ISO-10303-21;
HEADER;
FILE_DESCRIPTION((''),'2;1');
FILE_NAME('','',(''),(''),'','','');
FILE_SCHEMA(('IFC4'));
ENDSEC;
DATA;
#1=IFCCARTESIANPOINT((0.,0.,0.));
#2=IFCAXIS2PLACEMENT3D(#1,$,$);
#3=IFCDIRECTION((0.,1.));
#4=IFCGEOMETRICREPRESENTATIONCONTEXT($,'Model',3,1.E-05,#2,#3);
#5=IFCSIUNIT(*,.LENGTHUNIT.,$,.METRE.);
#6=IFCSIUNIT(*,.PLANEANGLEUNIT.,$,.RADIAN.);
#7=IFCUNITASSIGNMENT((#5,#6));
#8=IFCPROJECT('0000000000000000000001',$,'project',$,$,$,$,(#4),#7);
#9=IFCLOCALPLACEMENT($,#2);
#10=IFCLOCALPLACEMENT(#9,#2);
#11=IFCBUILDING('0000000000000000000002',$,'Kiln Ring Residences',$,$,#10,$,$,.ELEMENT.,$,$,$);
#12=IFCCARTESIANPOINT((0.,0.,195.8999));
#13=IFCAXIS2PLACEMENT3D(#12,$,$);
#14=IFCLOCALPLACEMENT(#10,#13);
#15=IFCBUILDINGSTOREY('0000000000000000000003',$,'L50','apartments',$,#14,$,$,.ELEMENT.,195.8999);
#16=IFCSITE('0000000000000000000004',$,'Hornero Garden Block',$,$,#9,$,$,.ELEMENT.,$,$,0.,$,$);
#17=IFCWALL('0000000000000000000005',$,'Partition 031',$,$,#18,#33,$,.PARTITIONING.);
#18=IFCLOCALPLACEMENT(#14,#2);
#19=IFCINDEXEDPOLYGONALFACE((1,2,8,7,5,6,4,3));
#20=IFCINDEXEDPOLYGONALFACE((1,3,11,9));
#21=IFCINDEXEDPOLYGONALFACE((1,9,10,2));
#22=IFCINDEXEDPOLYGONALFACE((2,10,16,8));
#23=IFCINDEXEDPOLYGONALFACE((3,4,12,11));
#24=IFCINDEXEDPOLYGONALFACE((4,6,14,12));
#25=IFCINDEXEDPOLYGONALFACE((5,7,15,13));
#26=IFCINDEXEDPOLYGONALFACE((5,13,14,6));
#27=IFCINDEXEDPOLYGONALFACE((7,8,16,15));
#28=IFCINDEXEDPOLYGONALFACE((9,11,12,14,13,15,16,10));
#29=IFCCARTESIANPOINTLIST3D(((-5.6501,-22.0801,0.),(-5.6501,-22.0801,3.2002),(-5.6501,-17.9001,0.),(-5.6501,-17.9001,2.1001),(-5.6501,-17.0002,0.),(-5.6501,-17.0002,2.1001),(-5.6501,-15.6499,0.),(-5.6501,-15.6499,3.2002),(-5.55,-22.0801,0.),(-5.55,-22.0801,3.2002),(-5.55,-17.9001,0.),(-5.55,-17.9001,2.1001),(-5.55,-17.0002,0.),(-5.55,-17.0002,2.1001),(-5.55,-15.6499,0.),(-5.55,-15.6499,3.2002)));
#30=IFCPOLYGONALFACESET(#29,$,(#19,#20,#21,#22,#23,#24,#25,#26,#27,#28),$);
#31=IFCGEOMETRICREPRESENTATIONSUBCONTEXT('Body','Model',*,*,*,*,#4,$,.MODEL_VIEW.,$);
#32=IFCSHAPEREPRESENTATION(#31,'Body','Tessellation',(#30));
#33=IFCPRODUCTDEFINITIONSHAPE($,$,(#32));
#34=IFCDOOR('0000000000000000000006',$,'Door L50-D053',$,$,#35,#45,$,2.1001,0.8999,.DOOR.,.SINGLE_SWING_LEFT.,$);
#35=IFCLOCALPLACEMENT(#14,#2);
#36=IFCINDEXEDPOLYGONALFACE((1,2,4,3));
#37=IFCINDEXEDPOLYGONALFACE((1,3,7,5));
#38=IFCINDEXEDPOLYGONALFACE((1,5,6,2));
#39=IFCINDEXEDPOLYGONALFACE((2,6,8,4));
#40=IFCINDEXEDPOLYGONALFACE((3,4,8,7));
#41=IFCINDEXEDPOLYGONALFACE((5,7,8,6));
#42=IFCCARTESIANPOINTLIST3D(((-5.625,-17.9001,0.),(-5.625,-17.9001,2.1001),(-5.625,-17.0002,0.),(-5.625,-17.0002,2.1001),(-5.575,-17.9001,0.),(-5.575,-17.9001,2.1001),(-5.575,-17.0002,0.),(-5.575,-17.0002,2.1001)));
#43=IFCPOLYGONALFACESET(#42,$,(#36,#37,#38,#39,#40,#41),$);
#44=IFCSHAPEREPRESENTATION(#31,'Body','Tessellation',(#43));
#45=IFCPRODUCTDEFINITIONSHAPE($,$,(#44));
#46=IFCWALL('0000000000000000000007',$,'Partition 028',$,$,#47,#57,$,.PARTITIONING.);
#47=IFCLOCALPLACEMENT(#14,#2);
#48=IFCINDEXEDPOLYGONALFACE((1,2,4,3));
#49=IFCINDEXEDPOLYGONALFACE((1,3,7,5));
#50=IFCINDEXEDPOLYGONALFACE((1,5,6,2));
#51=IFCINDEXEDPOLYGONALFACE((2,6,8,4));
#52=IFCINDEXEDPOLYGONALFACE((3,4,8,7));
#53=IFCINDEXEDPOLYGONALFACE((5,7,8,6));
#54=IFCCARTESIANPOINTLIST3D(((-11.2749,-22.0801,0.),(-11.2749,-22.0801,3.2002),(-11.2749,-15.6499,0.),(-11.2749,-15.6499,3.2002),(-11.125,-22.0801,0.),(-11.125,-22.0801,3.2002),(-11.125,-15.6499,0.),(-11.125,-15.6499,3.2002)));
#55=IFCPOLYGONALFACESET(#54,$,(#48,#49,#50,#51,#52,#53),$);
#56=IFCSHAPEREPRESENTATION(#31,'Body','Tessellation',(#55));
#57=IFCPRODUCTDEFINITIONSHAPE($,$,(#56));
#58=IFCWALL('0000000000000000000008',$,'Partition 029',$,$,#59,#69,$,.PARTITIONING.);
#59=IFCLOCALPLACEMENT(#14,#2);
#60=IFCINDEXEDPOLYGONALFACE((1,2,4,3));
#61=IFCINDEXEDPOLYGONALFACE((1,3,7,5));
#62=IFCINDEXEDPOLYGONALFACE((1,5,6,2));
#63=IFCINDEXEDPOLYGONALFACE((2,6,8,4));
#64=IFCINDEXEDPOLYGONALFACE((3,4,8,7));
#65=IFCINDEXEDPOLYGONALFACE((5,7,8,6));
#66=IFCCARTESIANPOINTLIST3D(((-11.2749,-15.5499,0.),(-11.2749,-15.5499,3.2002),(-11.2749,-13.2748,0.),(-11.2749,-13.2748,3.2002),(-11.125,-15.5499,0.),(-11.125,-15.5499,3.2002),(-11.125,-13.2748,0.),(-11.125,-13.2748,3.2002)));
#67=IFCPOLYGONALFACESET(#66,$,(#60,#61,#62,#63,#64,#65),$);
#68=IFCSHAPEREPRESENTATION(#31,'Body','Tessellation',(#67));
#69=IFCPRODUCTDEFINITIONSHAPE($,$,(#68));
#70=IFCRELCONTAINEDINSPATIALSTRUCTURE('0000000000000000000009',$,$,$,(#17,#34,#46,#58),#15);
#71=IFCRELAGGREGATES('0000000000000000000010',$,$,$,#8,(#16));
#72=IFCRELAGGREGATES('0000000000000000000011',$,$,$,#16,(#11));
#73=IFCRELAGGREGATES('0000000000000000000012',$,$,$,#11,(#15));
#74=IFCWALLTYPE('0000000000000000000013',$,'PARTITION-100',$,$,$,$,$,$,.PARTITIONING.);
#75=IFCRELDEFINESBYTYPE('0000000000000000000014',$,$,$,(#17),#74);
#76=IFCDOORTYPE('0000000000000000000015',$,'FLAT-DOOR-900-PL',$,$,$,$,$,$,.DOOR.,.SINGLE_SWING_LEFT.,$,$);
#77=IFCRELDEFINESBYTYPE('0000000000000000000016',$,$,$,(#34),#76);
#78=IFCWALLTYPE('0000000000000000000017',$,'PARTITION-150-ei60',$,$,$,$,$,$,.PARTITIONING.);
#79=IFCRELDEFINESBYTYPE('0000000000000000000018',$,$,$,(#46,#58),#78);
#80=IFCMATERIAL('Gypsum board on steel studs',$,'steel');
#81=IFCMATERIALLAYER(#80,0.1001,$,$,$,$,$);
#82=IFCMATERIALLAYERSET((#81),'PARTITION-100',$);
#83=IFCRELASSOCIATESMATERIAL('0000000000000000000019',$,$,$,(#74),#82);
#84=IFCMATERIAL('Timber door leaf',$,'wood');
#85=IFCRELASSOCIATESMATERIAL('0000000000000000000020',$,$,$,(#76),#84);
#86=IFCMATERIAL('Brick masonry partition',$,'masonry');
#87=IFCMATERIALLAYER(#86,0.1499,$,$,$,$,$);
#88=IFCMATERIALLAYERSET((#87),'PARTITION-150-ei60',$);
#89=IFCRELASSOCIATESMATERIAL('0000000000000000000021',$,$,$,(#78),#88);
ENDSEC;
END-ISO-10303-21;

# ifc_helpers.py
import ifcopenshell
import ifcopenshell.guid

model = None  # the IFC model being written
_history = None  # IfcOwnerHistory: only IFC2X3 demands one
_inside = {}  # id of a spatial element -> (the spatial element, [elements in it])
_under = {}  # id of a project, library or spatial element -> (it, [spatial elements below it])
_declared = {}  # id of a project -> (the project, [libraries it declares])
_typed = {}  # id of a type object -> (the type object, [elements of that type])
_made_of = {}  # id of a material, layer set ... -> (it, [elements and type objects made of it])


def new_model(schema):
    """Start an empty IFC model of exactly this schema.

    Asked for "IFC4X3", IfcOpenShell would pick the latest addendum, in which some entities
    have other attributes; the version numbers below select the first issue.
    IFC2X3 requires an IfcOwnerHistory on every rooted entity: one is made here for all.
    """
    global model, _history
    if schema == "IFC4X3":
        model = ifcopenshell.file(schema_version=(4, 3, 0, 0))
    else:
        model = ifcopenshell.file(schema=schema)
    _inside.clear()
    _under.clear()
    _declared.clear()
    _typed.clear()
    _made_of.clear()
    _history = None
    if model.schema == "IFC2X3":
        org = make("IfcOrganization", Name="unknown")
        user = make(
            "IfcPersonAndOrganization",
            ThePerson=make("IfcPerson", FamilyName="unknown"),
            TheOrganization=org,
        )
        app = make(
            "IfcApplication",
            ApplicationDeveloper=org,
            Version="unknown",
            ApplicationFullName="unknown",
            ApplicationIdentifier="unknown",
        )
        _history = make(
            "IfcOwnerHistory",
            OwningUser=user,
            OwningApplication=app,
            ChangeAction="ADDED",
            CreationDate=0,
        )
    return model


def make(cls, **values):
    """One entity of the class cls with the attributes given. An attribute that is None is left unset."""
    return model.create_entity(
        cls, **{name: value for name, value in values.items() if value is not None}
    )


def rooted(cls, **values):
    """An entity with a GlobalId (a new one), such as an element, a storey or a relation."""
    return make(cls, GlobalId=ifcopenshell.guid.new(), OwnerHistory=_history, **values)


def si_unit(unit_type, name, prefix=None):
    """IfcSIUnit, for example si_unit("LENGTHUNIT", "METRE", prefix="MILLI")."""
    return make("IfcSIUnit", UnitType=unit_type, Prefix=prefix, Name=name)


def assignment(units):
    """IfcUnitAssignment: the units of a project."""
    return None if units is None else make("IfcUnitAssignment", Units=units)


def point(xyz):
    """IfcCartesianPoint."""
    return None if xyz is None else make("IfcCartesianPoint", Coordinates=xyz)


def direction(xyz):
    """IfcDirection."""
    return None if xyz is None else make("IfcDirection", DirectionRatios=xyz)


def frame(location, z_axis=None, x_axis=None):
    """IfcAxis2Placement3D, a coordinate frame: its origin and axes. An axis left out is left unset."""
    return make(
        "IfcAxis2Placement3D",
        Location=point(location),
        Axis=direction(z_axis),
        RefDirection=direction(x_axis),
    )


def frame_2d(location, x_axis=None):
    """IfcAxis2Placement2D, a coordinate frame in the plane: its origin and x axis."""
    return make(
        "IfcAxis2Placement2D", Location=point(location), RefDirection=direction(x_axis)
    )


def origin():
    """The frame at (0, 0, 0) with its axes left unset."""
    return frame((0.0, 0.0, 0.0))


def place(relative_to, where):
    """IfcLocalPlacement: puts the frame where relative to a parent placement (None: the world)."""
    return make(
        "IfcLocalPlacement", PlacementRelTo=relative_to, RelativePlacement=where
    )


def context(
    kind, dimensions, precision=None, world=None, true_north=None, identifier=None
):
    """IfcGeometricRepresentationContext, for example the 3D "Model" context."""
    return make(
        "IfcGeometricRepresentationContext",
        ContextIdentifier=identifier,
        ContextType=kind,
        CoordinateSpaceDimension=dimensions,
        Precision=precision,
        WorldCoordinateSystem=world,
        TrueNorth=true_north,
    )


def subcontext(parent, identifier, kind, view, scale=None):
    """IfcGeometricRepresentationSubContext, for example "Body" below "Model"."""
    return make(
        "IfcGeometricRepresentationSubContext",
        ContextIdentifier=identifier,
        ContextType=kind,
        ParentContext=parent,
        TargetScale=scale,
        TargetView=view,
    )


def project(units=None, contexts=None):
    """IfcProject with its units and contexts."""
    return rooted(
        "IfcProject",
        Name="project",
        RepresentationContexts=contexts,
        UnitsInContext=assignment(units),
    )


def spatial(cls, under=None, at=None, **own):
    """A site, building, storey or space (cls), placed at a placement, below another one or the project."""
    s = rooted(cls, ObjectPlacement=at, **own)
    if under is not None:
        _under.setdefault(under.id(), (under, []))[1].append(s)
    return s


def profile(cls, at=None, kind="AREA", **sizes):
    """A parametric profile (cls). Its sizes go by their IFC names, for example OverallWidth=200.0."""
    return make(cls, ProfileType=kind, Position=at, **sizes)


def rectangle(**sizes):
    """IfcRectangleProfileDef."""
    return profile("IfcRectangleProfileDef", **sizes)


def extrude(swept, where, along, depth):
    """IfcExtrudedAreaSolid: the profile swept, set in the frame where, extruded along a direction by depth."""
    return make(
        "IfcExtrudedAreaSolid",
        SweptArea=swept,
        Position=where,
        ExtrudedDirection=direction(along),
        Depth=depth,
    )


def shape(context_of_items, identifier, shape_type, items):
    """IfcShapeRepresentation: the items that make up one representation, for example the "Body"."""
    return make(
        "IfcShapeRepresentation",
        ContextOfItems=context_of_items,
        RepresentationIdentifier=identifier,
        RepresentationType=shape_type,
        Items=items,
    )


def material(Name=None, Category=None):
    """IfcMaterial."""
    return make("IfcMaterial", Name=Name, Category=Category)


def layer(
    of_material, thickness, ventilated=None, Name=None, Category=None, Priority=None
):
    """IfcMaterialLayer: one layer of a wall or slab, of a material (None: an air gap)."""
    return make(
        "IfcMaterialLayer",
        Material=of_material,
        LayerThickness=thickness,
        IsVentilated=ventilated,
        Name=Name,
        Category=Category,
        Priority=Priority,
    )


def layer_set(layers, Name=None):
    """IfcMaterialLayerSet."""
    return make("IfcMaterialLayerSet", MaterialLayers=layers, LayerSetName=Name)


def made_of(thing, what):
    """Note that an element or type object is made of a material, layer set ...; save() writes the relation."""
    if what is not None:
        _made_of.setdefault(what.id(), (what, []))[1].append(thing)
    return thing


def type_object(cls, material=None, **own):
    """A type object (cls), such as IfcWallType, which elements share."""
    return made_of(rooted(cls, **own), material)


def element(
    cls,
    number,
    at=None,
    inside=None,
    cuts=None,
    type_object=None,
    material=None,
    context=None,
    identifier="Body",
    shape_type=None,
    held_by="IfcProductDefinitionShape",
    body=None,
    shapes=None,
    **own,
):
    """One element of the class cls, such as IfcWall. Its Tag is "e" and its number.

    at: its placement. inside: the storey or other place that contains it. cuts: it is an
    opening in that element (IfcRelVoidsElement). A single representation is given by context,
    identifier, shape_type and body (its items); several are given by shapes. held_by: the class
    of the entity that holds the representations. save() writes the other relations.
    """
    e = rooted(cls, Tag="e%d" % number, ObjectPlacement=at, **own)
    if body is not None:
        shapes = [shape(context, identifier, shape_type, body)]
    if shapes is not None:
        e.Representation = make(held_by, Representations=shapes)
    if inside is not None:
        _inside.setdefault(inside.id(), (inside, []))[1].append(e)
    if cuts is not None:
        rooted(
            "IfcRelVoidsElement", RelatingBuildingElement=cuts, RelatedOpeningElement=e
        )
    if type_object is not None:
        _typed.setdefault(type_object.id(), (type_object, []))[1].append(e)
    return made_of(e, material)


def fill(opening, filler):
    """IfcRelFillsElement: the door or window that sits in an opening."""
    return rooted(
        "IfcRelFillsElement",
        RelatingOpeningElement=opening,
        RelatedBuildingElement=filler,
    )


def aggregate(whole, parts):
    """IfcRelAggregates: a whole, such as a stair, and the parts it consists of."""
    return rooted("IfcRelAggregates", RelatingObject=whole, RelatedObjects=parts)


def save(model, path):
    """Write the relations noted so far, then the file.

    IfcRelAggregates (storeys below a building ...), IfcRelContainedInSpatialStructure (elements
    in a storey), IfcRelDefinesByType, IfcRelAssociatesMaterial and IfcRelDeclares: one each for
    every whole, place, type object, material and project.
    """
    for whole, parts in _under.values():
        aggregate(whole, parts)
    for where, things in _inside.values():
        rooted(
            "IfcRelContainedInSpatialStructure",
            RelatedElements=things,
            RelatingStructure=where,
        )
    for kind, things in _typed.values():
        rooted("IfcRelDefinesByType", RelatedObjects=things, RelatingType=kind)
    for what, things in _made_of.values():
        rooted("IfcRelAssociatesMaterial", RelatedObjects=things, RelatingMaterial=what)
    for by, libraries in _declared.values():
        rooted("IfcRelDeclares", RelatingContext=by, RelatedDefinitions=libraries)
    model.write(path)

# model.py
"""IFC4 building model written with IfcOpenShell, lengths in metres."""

from ifc_helpers import new_model, si_unit, direction, frame, frame_2d, origin, place, context, subcontext, project, spatial, rectangle, extrude, material, layer, layer_set, type_object, element, fill, save


model = new_model("IFC4")

# Units and contexts
model_context = context("Model", 3, precision=1e-05, world=origin(), true_north=direction((0.0, 1.0)))
body_context = subcontext(model_context, "Body", "Model", "MODEL_VIEW")
ifc_project = project(units=[si_unit("LENGTHUNIT", "METRE"), si_unit("PLANEANGLEUNIT", "RADIAN")], contexts=[model_context])

# Site, building, storey
site_placement = place(None, origin())
site = spatial("IfcSite", under=ifc_project, at=site_placement, Name="Hornero Garden Block", CompositionType="ELEMENT", RefElevation=0.0)
building_placement = place(site_placement, origin())
building = spatial("IfcBuilding", under=site, at=building_placement, Name="Kiln Ring Residences", CompositionType="ELEMENT")
storey_placement = place(building_placement, frame((0.0, 0.0, 195.8999)))
storey = spatial("IfcBuildingStorey", under=building, at=storey_placement, Name="L50", Description="apartments", CompositionType="ELEMENT", Elevation=195.8999)

# Shared definitions
ifc_material_1 = material(Name="Gypsum board on steel studs", Category="steel")
ifc_layer_1 = layer(ifc_material_1, 0.1001)
ifc_layer_set_1 = layer_set([ifc_layer_1], Name="PARTITION-100")
wall_type_1 = type_object("IfcWallType", Name="PARTITION-100", PredefinedType="PARTITIONING", material=ifc_layer_set_1)

# Wall, opening, door
wall_1_placement = place(storey_placement, frame((-5.6001, -22.0801, 0.0), z_axis=(0.0, 0.0, 1.0), x_axis=(0.0, 1.0, 0.0)))
wall_1 = element("IfcWall", 1, at=wall_1_placement, inside=storey, type_object=wall_type_1, Name="Partition 031", PredefinedType="PARTITIONING", context=body_context, shape_type="SweptSolid", body=[
    extrude(rectangle(XDim=6.4302, YDim=0.1001, at=frame_2d((3.2151, 0.0))), origin(), (0.0, 0.0, 1.0), 3.2002),
])
opening_1_placement = place(wall_1_placement, frame((4.1799, 0.0, 0.0)))
opening_1 = element("IfcOpeningElement", 2, at=opening_1_placement, cuts=wall_1, PredefinedType="OPENING", context=body_context, shape_type="SweptSolid", body=[
    extrude(rectangle(XDim=0.8999, YDim=2.1001, at=frame_2d((0.45, 1.05))), frame((0.0, 0.0601, 0.0), z_axis=(0.0, -1.0, 0.0), x_axis=(1.0, 0.0, 0.0)), (0.0, 0.0, 1.0), 0.1201),
])
ifc_material_2 = material(Name="Timber door leaf", Category="wood")
door_type = type_object("IfcDoorType", Name="FLAT-DOOR-900-PL", OperationType="SINGLE_SWING_LEFT", PredefinedType="DOOR", material=ifc_material_2)
door_placement = place(opening_1_placement, origin())
door = element("IfcDoor", 3, at=door_placement, inside=storey, type_object=door_type, Name="Door L50-D053", OperationType="SINGLE_SWING_LEFT", OverallHeight=2.1001, OverallWidth=0.8999, PredefinedType="DOOR", context=body_context, shape_type="SweptSolid", body=[
    extrude(rectangle(XDim=0.8999, YDim=2.1001, at=frame_2d((0.45, 1.05))), frame((0.0, 0.0249, 0.0), z_axis=(0.0, -1.0, 0.0), x_axis=(1.0, 0.0, 0.0)), (0.0, 0.0, 1.0), 0.05),
])
fill(opening_1, door)

# Walls
ifc_material_3 = material(Name="Brick masonry partition", Category="masonry")
ifc_layer_2 = layer(ifc_material_3, 0.1499)
ifc_layer_set_2 = layer_set([ifc_layer_2], Name="PARTITION-150-ei60")
wall_type_2 = type_object("IfcWallType", Name="PARTITION-150-ei60", PredefinedType="PARTITIONING", material=ifc_layer_set_2)
wall_2_placement = place(storey_placement, frame((-11.2, -22.0801, 0.0), z_axis=(0.0, 0.0, 1.0), x_axis=(0.0, 1.0, 0.0)))
element("IfcWall", 4, at=wall_2_placement, inside=storey, type_object=wall_type_2, Name="Partition 028", PredefinedType="PARTITIONING", context=body_context, shape_type="SweptSolid", body=[
    extrude(rectangle(XDim=6.4302, YDim=0.1499, at=frame_2d((3.2151, 0.0))), origin(), (0.0, 0.0, 1.0), 3.2002),
])
wall_3_placement = place(storey_placement, frame((-11.2, -15.55, 0.0), z_axis=(0.0, 0.0, 1.0), x_axis=(0.0, 1.0, 0.0)))
element("IfcWall", 5, at=wall_3_placement, inside=storey, type_object=wall_type_2, Name="Partition 029", PredefinedType="PARTITIONING", context=body_context, shape_type="SweptSolid", body=[
    extrude(rectangle(XDim=2.2751, YDim=0.1499, at=frame_2d((1.1377, 0.0))), origin(), (0.0, 0.0, 1.0), 3.2002),
])

save(model, "model.ifc")
